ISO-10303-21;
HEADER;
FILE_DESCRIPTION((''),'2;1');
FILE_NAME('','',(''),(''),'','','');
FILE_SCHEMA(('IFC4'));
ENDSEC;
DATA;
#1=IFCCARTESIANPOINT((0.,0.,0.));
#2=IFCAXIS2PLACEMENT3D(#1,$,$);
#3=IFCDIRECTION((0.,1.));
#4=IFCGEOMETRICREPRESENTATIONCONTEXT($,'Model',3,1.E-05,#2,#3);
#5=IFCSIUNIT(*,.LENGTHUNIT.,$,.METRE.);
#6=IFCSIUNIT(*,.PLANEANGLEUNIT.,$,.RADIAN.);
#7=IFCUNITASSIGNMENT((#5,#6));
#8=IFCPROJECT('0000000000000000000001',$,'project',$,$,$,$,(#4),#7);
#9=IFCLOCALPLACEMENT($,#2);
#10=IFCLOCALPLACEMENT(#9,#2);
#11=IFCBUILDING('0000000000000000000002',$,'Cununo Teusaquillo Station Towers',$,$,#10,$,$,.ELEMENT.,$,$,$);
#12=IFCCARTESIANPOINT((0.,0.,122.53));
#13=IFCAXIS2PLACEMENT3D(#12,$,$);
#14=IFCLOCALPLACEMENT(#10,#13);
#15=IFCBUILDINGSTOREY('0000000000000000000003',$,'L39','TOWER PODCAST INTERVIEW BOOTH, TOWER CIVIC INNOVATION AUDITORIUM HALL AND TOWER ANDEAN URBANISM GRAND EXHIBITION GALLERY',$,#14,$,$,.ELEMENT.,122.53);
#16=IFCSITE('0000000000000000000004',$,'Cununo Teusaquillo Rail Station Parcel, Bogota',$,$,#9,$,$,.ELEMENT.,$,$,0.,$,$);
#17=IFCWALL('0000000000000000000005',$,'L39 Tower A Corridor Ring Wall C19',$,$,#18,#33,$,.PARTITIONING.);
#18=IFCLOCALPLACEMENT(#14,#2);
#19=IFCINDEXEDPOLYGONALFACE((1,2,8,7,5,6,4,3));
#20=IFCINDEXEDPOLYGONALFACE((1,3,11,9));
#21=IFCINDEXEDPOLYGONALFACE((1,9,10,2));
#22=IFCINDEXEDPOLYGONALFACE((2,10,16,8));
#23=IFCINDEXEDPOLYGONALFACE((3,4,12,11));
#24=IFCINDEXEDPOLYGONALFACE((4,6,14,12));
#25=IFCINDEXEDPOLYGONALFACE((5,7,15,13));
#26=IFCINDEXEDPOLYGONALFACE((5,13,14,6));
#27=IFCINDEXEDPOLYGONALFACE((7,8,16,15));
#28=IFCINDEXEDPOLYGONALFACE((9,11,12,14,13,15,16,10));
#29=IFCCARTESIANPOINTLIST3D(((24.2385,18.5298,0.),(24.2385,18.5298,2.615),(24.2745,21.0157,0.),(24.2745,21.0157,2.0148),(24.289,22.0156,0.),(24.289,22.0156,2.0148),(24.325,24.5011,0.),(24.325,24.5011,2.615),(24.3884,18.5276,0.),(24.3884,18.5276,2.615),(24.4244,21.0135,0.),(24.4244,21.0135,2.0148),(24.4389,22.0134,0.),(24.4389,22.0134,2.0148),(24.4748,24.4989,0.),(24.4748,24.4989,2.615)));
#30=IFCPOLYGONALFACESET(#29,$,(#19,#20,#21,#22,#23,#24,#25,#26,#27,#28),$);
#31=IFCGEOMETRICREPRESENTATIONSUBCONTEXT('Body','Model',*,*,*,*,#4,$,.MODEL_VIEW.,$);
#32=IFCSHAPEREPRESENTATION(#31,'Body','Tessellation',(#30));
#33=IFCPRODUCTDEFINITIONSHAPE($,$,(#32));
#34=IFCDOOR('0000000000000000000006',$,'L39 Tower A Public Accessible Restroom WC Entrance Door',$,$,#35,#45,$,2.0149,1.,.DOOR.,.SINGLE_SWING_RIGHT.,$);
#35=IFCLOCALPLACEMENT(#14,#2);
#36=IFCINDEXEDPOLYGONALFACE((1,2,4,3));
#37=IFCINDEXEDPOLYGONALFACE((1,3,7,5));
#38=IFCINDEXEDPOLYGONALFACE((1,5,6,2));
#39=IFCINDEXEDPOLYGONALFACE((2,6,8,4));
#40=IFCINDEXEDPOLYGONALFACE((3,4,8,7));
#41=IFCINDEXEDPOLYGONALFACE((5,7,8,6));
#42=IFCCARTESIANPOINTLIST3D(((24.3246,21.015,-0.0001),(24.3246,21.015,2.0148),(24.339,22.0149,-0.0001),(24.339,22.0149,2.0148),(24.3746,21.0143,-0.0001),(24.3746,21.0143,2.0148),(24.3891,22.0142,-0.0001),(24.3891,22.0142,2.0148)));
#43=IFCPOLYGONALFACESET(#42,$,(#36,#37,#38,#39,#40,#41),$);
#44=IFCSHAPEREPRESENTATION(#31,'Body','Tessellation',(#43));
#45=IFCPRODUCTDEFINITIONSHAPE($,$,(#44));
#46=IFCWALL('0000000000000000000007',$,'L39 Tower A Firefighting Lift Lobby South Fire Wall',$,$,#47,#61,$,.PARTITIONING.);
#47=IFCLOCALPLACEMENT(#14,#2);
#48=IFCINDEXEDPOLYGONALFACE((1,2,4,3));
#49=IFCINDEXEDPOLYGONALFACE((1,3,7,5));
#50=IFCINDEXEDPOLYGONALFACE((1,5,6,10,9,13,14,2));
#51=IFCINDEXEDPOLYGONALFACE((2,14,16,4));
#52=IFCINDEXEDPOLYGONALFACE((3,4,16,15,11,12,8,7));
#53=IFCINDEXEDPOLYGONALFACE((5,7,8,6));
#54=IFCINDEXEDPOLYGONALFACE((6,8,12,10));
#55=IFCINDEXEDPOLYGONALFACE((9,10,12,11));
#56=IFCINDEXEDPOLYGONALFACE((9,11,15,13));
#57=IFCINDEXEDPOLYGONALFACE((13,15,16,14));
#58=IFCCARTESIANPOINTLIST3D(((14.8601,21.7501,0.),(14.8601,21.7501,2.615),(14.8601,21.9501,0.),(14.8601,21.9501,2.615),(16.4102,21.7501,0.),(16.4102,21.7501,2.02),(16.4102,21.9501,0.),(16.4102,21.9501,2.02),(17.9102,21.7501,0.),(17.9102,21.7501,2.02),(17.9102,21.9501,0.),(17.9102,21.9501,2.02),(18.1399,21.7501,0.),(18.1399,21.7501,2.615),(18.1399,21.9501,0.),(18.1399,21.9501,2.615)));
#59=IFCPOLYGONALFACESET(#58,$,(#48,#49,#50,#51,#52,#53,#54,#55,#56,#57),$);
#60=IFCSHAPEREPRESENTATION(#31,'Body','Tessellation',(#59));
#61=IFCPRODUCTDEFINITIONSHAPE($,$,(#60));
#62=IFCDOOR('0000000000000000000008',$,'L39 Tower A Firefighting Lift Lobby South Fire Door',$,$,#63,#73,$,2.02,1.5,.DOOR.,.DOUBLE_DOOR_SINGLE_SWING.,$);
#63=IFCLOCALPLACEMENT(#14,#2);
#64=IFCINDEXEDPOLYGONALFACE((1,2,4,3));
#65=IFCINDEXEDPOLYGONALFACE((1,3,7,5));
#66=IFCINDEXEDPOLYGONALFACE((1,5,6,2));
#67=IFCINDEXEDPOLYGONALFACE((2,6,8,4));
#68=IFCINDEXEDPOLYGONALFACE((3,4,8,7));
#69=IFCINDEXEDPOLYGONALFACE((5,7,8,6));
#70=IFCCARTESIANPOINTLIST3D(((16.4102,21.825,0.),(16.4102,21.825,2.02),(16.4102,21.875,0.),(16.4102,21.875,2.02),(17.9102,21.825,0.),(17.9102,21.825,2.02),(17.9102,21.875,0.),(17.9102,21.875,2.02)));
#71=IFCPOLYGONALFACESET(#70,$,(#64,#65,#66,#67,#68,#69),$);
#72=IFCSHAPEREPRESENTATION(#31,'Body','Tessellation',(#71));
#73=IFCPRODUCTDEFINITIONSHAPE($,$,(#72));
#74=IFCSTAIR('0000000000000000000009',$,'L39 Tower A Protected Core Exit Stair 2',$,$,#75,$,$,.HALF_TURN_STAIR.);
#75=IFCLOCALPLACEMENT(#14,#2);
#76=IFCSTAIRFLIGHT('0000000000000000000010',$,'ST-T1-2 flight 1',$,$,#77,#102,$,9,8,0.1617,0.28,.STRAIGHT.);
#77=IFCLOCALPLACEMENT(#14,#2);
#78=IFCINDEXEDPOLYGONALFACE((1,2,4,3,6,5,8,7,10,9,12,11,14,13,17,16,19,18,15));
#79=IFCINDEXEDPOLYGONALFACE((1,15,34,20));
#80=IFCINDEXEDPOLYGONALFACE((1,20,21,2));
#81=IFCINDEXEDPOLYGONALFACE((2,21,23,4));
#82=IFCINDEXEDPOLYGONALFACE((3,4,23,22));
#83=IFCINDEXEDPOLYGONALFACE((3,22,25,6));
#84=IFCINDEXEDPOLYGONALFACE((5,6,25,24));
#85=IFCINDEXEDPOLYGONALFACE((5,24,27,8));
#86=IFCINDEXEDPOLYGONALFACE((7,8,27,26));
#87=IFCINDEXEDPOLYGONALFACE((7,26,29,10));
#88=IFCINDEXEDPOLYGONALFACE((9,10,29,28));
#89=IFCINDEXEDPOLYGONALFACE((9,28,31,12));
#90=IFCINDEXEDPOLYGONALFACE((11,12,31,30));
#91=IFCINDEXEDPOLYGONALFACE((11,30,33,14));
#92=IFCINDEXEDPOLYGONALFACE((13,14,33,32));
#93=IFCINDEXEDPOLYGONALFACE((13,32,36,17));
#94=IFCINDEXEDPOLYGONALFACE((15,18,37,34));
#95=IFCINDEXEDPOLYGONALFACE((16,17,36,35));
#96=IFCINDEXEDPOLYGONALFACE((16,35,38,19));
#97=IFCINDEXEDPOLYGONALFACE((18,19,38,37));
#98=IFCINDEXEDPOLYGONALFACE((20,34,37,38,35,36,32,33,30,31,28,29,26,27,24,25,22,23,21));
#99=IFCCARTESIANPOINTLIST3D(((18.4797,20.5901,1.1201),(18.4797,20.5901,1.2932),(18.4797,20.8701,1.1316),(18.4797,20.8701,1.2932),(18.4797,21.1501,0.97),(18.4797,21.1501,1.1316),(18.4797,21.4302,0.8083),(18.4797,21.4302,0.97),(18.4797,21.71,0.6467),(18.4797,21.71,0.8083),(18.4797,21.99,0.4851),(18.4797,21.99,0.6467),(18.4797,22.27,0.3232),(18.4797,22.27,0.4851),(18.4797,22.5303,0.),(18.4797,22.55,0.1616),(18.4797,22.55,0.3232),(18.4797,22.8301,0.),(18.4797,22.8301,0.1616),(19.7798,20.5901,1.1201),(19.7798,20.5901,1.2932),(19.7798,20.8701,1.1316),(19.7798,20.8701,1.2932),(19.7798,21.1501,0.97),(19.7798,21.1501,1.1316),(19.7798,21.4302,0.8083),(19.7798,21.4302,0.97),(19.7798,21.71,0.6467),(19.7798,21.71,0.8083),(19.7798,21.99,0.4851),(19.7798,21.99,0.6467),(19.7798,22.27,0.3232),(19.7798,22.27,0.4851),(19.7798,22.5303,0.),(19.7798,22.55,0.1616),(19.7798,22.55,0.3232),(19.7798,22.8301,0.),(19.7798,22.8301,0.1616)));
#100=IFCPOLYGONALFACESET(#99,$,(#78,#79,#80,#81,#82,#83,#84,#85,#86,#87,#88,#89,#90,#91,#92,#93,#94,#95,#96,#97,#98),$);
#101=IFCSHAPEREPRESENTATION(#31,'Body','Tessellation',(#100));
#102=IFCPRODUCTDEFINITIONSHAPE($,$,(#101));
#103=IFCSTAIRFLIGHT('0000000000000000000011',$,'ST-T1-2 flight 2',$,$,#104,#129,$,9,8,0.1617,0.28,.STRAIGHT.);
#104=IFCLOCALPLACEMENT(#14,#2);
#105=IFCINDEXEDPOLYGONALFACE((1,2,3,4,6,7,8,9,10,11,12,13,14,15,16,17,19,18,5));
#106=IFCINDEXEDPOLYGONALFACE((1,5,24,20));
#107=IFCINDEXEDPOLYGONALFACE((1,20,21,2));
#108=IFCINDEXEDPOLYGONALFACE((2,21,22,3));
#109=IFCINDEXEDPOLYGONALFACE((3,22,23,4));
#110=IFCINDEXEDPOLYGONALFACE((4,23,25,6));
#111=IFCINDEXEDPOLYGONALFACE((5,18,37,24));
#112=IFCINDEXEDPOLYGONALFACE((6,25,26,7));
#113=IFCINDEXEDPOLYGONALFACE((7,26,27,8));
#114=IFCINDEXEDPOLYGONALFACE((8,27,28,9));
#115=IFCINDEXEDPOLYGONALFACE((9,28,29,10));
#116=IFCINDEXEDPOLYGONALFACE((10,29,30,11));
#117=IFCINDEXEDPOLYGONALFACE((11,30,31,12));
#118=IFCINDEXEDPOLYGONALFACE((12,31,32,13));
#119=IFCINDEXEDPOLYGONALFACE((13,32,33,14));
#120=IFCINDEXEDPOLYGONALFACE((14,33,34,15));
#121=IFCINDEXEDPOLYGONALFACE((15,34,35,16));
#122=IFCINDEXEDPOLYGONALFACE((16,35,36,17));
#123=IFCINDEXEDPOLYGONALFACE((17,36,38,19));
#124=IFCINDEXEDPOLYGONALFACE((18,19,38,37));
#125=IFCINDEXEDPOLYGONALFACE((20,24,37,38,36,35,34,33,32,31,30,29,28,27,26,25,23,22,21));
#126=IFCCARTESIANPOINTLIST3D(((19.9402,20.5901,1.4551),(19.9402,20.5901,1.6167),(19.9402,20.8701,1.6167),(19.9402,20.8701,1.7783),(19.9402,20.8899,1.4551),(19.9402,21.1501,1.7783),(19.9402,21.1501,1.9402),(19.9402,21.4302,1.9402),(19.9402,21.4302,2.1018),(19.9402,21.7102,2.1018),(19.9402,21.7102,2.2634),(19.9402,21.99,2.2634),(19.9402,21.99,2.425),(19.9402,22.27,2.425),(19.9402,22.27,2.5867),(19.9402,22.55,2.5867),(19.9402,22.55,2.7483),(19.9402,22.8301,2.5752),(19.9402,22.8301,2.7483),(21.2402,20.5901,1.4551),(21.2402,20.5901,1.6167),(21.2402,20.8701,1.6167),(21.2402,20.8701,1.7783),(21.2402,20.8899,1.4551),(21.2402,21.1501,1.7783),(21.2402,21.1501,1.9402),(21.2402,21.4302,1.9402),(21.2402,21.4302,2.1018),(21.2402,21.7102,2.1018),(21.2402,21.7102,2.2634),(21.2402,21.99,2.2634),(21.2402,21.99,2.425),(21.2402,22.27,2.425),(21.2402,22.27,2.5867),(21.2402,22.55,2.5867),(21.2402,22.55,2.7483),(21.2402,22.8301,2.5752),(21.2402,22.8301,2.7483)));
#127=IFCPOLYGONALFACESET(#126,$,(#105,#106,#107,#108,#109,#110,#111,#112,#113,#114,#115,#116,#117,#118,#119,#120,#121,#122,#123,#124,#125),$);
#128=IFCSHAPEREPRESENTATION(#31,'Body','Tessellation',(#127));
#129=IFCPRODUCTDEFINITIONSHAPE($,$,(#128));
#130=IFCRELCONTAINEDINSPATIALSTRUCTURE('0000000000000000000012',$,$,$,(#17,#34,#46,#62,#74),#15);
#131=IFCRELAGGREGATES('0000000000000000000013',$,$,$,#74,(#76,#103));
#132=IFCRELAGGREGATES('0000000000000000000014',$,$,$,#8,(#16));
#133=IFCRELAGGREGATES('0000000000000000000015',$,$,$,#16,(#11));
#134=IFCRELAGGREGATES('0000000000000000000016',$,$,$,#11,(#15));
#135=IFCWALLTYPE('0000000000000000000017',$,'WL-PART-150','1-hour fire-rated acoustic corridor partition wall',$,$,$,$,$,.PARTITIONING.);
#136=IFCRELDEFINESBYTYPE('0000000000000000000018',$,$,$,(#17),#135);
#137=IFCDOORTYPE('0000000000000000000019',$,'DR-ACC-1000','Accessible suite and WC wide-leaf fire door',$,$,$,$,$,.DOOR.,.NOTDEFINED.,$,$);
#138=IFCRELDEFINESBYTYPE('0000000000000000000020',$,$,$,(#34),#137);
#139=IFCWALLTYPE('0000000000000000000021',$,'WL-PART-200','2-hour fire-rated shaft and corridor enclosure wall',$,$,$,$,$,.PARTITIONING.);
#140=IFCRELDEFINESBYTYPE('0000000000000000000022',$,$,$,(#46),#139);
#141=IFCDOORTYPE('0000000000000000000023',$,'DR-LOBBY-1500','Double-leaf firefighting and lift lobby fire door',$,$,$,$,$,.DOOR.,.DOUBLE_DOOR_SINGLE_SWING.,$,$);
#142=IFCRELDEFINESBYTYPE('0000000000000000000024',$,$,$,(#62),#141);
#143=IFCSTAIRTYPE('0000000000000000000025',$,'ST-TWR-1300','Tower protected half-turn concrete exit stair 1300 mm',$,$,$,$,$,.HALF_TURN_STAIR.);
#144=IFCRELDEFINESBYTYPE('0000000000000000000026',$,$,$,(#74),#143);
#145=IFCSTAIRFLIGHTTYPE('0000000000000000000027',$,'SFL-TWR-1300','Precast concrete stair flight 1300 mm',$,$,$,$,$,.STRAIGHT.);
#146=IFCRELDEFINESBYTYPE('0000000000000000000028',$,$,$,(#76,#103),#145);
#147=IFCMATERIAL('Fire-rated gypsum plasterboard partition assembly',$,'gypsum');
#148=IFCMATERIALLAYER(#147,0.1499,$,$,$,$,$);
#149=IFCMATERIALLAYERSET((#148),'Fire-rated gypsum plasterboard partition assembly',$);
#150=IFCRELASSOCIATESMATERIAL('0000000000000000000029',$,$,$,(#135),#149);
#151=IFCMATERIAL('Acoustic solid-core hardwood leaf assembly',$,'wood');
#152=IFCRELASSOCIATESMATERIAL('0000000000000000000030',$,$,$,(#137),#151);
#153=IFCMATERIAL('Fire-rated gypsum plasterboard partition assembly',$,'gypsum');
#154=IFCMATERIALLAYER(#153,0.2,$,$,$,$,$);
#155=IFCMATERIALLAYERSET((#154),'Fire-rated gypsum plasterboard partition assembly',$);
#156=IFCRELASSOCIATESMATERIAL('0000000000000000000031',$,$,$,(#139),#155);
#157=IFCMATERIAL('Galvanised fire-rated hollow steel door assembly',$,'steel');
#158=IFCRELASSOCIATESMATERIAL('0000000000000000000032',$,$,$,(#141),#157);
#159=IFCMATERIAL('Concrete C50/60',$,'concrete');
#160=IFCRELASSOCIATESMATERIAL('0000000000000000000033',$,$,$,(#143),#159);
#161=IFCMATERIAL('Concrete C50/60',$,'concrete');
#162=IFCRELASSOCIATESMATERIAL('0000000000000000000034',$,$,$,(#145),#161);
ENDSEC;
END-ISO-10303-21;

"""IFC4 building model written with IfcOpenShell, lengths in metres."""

from ifc_helpers import new_model, si_unit, direction, frame, frame_2d, origin, place, context, subcontext, project, spatial, polyline, rectangle, outline, extrude, source, transform, mapped, material, layer, layer_set, type_object, element, fill, aggregate, save


model = new_model("IFC4")

# Units and contexts
model_context = context("Model", 3, precision=1e-05, world=origin(), true_north=direction((0.0, 1.0)))
body_context = subcontext(model_context, "Body", "Model", "MODEL_VIEW")
ifc_project = project(units=[si_unit("LENGTHUNIT", "METRE"), si_unit("PLANEANGLEUNIT", "RADIAN")], contexts=[model_context])

# Site, building, storey
site_placement = place(None, origin())
site = spatial("IfcSite", under=ifc_project, at=site_placement, Name="Cununo Teusaquillo Rail Station Parcel, Bogota", CompositionType="ELEMENT", RefElevation=0.0)
building_placement = place(site_placement, origin())
building = spatial("IfcBuilding", under=site, at=building_placement, Name="Cununo Teusaquillo Station Towers", CompositionType="ELEMENT")
storey_placement = place(building_placement, frame((0.0, 0.0, 122.53)))
storey = spatial("IfcBuildingStorey", under=building, at=storey_placement, Name="L39", Description="TOWER PODCAST INTERVIEW BOOTH, TOWER CIVIC INNOVATION AUDITORIUM HALL AND TOWER ANDEAN URBANISM GRAND EXHIBITION GALLERY", CompositionType="ELEMENT", Elevation=122.53)

# Walls, openings, doors
ifc_material_1 = material(Name="Fire-rated gypsum plasterboard partition assembly", Category="gypsum")
ifc_layer_1 = layer(ifc_material_1, 0.1499)
ifc_layer_set_1 = layer_set([ifc_layer_1], Name="Fire-rated gypsum plasterboard partition assembly")
wall_type_1 = type_object("IfcWallType", Name="WL-PART-150", Description="1-hour fire-rated acoustic corridor partition wall", PredefinedType="PARTITIONING", material=ifc_layer_set_1)
wall_1_placement = place(storey_placement, frame((24.3135, 18.5288, 0.0), z_axis=(0.0, 0.0, 1.0), x_axis=(0.014472, 0.999895, 0.0)))
wall_1 = element("IfcWall", 1, at=wall_1_placement, inside=storey, type_object=wall_type_1, Name="L39 Tower A Corridor Ring Wall C19", PredefinedType="PARTITIONING", context=body_context, shape_type="SweptSolid", body=[
    extrude(rectangle(XDim=5.9719, YDim=0.1499, at=frame_2d((2.9858, 0.0))), origin(), (0.0, 0.0, 1.0), 2.615),
])
shared_shape_1 = source(origin(), body_context, "Body", "SweptSolid", [
    extrude(rectangle(XDim=1.0, YDim=2.0149, at=frame_2d((0.5, 1.0073))), frame((0.0, 0.085, 0.0), z_axis=(0.0, -1.0, 0.0), x_axis=(1.0, 0.0, 0.0)), (0.0, 0.0, 1.0), 0.1699),
])
opening_1_placement = place(wall_1_placement, frame((2.4861, 0.0, 0.0)))
opening_1 = element("IfcOpeningElement", 2, at=opening_1_placement, cuts=wall_1, PredefinedType="OPENING", context=body_context, shape_type="MappedRepresentation", body=[
    mapped(shared_shape_1, transform((0.0, 0.0, 0.0), x_axis=(1.0, 0.0, 0.0), y_axis=(0.0, 1.0, 0.0), z_axis=(0.0, 0.0, 1.0), scale=1.0)),
])
ifc_material_2 = material(Name="Acoustic solid-core hardwood leaf assembly", Category="wood")
door_type_1 = type_object("IfcDoorType", Name="DR-ACC-1000", Description="Accessible suite and WC wide-leaf fire door", OperationType="NOTDEFINED", PredefinedType="DOOR", material=ifc_material_2)
shared_shape_2 = source(origin(), body_context, "Body", "SweptSolid", [
    extrude(rectangle(XDim=1.0, YDim=2.0149, at=frame_2d((0.5, 1.0073))), frame((0.0, 0.0249, 0.0), z_axis=(0.0, -1.0, 0.0), x_axis=(1.0, 0.0, 0.0)), (0.0, 0.0, 1.0), 0.05),
])
door_1_placement = place(opening_1_placement, origin())
door_1 = element("IfcDoor", 3, at=door_1_placement, inside=storey, type_object=door_type_1, Name="L39 Tower A Public Accessible Restroom WC Entrance Door", OperationType="SINGLE_SWING_RIGHT", OverallHeight=2.0149, OverallWidth=1.0, PredefinedType="DOOR", context=body_context, shape_type="MappedRepresentation", body=[
    mapped(shared_shape_2, transform((0.0, 0.0, 0.0), x_axis=(1.0, 0.0, 0.0), y_axis=(0.0, 1.0, 0.0), z_axis=(0.0, 0.0, 1.0), scale=1.0)),
])
fill(opening_1, door_1)
ifc_material_3 = material(Name="Fire-rated gypsum plasterboard partition assembly", Category="gypsum")
ifc_layer_2 = layer(ifc_material_3, 0.2)
ifc_layer_set_2 = layer_set([ifc_layer_2], Name="Fire-rated gypsum plasterboard partition assembly")
wall_type_2 = type_object("IfcWallType", Name="WL-PART-200", Description="2-hour fire-rated shaft and corridor enclosure wall", PredefinedType="PARTITIONING", material=ifc_layer_set_2)
wall_2_placement = place(storey_placement, frame((14.8601, 21.8501, 0.0), z_axis=(0.0, 0.0, 1.0), x_axis=(1.0, 0.0, 0.0)))
wall_2 = element("IfcWall", 4, at=wall_2_placement, inside=storey, type_object=wall_type_2, Name="L39 Tower A Firefighting Lift Lobby South Fire Wall", PredefinedType="PARTITIONING", context=body_context, shape_type="SweptSolid", body=[
    extrude(rectangle(XDim=3.2798, YDim=0.2, at=frame_2d((1.6399, 0.0))), origin(), (0.0, 0.0, 1.0), 2.615),
])
shared_shape_3 = source(origin(), body_context, "Body", "SweptSolid", [
    extrude(rectangle(XDim=1.5, YDim=2.02, at=frame_2d((0.75, 1.01))), frame((0.0, 0.1099, 0.0), z_axis=(0.0, -1.0, 0.0), x_axis=(1.0, 0.0, 0.0)), (0.0, 0.0, 1.0), 0.22),
])
opening_2_placement = place(wall_2_placement, frame((1.55, 0.0, 0.0)))
opening_2 = element("IfcOpeningElement", 5, at=opening_2_placement, cuts=wall_2, PredefinedType="OPENING", context=body_context, shape_type="MappedRepresentation", body=[
    mapped(shared_shape_3, transform((0.0, 0.0, 0.0), x_axis=(1.0, 0.0, 0.0), y_axis=(0.0, 1.0, 0.0), z_axis=(0.0, 0.0, 1.0), scale=1.0)),
])
ifc_material_4 = material(Name="Galvanised fire-rated hollow steel door assembly", Category="steel")
door_type_2 = type_object("IfcDoorType", Name="DR-LOBBY-1500", Description="Double-leaf firefighting and lift lobby fire door", OperationType="DOUBLE_DOOR_SINGLE_SWING", PredefinedType="DOOR", material=ifc_material_4)
shared_shape_4 = source(origin(), body_context, "Body", "SweptSolid", [
    extrude(rectangle(XDim=1.5, YDim=2.02, at=frame_2d((0.75, 1.01))), frame((0.0, 0.0249, 0.0), z_axis=(0.0, -1.0, 0.0), x_axis=(1.0, 0.0, 0.0)), (0.0, 0.0, 1.0), 0.05),
])
door_2_placement = place(opening_2_placement, origin())
door_2 = element("IfcDoor", 6, at=door_2_placement, inside=storey, type_object=door_type_2, Name="L39 Tower A Firefighting Lift Lobby South Fire Door", OperationType="DOUBLE_DOOR_SINGLE_SWING", OverallHeight=2.02, OverallWidth=1.5, PredefinedType="DOOR", context=body_context, shape_type="MappedRepresentation", body=[
    mapped(shared_shape_4, transform((0.0, 0.0, 0.0), x_axis=(1.0, 0.0, 0.0), y_axis=(0.0, 1.0, 0.0), z_axis=(0.0, 0.0, 1.0), scale=1.0)),
])
fill(opening_2, door_2)

# Stair, stair flights
ifc_material_5 = material(Name="Concrete C50/60", Category="concrete")
stair_type = type_object("IfcStairType", Name="ST-TWR-1300", Description="Tower protected half-turn concrete exit stair 1300 mm", PredefinedType="HALF_TURN_STAIR", material=ifc_material_5)
stair_placement = place(storey_placement, origin())
stair = element("IfcStair", 7, at=stair_placement, inside=storey, type_object=stair_type, Name="L39 Tower A Protected Core Exit Stair 2", PredefinedType="HALF_TURN_STAIR")
ifc_material_6 = material(Name="Concrete C50/60", Category="concrete")
stair_flight_type = type_object("IfcStairFlightType", Name="SFL-TWR-1300", Description="Precast concrete stair flight 1300 mm", PredefinedType="STRAIGHT", material=ifc_material_6)
stair_flight_1_placement = place(storey_placement, frame((19.1299, 22.8301, 0.0), z_axis=(0.0, 0.0, 1.0), x_axis=(0.0, -1.0, 0.0)))
stair_flight_1 = element("IfcStairFlight", 8, at=stair_flight_1_placement, type_object=stair_flight_type, Name="ST-T1-2 flight 1", NumberOfRisers=9, NumberOfTreads=8, PredefinedType="STRAIGHT", RiserHeight=0.1617, TreadLength=0.28, context=body_context, shape_type="SweptSolid", body=[
    extrude(outline(polyline([(0.0, 0.0), (0.0, 0.1616), (0.28, 0.1616), (0.28, 0.3232), (0.5601, 0.3232), (0.5601, 0.4851), (0.8401, 0.4851), (0.8401, 0.6467), (1.1201, 0.6467), (1.1201, 0.8083), (1.3999, 0.8083), (1.3999, 0.97), (1.6799, 0.97), (1.6799, 1.1316), (1.96, 1.1316), (1.96, 1.2932), (2.24, 1.2932), (2.24, 1.4551), (2.24, 1.1201), (0.2998, 0.0), (0.0, 0.0)])), frame((0.0, 0.6499, 0.0), z_axis=(0.0, -1.0, 0.0), x_axis=(1.0, 0.0, 0.0)), (0.0, 0.0, 1.0), 1.3),
])
stair_flight_2_placement = place(storey_placement, frame((20.5901, 20.5901, 1.4551), z_axis=(0.0, 0.0, 1.0), x_axis=(0.0, 1.0, 0.0)))
stair_flight_2 = element("IfcStairFlight", 9, at=stair_flight_2_placement, type_object=stair_flight_type, Name="ST-T1-2 flight 2", NumberOfRisers=9, NumberOfTreads=8, PredefinedType="STRAIGHT", RiserHeight=0.1617, TreadLength=0.28, context=body_context, shape_type="SweptSolid", body=[
    extrude(outline(polyline([(0.0, 0.0), (0.0, 0.1616), (0.28, 0.1616), (0.28, 0.3232), (0.5601, 0.3232), (0.5601, 0.4851), (0.8401, 0.4851), (0.8401, 0.6467), (1.1201, 0.6467), (1.1201, 0.8083), (1.3999, 0.8083), (1.3999, 0.97), (1.6799, 0.97), (1.6799, 1.1316), (1.96, 1.1316), (1.96, 1.2932), (2.24, 1.2932), (2.24, 1.4551), (2.24, 1.1201), (0.2998, 0.0), (0.0, 0.0)])), frame((0.0, 0.6499, 0.0), z_axis=(0.0, -1.0, 0.0), x_axis=(1.0, 0.0, 0.0)), (0.0, 0.0, 1.0), 1.3),
])
aggregate(stair, [stair_flight_1, stair_flight_2])

save(model, "model.ifc")
